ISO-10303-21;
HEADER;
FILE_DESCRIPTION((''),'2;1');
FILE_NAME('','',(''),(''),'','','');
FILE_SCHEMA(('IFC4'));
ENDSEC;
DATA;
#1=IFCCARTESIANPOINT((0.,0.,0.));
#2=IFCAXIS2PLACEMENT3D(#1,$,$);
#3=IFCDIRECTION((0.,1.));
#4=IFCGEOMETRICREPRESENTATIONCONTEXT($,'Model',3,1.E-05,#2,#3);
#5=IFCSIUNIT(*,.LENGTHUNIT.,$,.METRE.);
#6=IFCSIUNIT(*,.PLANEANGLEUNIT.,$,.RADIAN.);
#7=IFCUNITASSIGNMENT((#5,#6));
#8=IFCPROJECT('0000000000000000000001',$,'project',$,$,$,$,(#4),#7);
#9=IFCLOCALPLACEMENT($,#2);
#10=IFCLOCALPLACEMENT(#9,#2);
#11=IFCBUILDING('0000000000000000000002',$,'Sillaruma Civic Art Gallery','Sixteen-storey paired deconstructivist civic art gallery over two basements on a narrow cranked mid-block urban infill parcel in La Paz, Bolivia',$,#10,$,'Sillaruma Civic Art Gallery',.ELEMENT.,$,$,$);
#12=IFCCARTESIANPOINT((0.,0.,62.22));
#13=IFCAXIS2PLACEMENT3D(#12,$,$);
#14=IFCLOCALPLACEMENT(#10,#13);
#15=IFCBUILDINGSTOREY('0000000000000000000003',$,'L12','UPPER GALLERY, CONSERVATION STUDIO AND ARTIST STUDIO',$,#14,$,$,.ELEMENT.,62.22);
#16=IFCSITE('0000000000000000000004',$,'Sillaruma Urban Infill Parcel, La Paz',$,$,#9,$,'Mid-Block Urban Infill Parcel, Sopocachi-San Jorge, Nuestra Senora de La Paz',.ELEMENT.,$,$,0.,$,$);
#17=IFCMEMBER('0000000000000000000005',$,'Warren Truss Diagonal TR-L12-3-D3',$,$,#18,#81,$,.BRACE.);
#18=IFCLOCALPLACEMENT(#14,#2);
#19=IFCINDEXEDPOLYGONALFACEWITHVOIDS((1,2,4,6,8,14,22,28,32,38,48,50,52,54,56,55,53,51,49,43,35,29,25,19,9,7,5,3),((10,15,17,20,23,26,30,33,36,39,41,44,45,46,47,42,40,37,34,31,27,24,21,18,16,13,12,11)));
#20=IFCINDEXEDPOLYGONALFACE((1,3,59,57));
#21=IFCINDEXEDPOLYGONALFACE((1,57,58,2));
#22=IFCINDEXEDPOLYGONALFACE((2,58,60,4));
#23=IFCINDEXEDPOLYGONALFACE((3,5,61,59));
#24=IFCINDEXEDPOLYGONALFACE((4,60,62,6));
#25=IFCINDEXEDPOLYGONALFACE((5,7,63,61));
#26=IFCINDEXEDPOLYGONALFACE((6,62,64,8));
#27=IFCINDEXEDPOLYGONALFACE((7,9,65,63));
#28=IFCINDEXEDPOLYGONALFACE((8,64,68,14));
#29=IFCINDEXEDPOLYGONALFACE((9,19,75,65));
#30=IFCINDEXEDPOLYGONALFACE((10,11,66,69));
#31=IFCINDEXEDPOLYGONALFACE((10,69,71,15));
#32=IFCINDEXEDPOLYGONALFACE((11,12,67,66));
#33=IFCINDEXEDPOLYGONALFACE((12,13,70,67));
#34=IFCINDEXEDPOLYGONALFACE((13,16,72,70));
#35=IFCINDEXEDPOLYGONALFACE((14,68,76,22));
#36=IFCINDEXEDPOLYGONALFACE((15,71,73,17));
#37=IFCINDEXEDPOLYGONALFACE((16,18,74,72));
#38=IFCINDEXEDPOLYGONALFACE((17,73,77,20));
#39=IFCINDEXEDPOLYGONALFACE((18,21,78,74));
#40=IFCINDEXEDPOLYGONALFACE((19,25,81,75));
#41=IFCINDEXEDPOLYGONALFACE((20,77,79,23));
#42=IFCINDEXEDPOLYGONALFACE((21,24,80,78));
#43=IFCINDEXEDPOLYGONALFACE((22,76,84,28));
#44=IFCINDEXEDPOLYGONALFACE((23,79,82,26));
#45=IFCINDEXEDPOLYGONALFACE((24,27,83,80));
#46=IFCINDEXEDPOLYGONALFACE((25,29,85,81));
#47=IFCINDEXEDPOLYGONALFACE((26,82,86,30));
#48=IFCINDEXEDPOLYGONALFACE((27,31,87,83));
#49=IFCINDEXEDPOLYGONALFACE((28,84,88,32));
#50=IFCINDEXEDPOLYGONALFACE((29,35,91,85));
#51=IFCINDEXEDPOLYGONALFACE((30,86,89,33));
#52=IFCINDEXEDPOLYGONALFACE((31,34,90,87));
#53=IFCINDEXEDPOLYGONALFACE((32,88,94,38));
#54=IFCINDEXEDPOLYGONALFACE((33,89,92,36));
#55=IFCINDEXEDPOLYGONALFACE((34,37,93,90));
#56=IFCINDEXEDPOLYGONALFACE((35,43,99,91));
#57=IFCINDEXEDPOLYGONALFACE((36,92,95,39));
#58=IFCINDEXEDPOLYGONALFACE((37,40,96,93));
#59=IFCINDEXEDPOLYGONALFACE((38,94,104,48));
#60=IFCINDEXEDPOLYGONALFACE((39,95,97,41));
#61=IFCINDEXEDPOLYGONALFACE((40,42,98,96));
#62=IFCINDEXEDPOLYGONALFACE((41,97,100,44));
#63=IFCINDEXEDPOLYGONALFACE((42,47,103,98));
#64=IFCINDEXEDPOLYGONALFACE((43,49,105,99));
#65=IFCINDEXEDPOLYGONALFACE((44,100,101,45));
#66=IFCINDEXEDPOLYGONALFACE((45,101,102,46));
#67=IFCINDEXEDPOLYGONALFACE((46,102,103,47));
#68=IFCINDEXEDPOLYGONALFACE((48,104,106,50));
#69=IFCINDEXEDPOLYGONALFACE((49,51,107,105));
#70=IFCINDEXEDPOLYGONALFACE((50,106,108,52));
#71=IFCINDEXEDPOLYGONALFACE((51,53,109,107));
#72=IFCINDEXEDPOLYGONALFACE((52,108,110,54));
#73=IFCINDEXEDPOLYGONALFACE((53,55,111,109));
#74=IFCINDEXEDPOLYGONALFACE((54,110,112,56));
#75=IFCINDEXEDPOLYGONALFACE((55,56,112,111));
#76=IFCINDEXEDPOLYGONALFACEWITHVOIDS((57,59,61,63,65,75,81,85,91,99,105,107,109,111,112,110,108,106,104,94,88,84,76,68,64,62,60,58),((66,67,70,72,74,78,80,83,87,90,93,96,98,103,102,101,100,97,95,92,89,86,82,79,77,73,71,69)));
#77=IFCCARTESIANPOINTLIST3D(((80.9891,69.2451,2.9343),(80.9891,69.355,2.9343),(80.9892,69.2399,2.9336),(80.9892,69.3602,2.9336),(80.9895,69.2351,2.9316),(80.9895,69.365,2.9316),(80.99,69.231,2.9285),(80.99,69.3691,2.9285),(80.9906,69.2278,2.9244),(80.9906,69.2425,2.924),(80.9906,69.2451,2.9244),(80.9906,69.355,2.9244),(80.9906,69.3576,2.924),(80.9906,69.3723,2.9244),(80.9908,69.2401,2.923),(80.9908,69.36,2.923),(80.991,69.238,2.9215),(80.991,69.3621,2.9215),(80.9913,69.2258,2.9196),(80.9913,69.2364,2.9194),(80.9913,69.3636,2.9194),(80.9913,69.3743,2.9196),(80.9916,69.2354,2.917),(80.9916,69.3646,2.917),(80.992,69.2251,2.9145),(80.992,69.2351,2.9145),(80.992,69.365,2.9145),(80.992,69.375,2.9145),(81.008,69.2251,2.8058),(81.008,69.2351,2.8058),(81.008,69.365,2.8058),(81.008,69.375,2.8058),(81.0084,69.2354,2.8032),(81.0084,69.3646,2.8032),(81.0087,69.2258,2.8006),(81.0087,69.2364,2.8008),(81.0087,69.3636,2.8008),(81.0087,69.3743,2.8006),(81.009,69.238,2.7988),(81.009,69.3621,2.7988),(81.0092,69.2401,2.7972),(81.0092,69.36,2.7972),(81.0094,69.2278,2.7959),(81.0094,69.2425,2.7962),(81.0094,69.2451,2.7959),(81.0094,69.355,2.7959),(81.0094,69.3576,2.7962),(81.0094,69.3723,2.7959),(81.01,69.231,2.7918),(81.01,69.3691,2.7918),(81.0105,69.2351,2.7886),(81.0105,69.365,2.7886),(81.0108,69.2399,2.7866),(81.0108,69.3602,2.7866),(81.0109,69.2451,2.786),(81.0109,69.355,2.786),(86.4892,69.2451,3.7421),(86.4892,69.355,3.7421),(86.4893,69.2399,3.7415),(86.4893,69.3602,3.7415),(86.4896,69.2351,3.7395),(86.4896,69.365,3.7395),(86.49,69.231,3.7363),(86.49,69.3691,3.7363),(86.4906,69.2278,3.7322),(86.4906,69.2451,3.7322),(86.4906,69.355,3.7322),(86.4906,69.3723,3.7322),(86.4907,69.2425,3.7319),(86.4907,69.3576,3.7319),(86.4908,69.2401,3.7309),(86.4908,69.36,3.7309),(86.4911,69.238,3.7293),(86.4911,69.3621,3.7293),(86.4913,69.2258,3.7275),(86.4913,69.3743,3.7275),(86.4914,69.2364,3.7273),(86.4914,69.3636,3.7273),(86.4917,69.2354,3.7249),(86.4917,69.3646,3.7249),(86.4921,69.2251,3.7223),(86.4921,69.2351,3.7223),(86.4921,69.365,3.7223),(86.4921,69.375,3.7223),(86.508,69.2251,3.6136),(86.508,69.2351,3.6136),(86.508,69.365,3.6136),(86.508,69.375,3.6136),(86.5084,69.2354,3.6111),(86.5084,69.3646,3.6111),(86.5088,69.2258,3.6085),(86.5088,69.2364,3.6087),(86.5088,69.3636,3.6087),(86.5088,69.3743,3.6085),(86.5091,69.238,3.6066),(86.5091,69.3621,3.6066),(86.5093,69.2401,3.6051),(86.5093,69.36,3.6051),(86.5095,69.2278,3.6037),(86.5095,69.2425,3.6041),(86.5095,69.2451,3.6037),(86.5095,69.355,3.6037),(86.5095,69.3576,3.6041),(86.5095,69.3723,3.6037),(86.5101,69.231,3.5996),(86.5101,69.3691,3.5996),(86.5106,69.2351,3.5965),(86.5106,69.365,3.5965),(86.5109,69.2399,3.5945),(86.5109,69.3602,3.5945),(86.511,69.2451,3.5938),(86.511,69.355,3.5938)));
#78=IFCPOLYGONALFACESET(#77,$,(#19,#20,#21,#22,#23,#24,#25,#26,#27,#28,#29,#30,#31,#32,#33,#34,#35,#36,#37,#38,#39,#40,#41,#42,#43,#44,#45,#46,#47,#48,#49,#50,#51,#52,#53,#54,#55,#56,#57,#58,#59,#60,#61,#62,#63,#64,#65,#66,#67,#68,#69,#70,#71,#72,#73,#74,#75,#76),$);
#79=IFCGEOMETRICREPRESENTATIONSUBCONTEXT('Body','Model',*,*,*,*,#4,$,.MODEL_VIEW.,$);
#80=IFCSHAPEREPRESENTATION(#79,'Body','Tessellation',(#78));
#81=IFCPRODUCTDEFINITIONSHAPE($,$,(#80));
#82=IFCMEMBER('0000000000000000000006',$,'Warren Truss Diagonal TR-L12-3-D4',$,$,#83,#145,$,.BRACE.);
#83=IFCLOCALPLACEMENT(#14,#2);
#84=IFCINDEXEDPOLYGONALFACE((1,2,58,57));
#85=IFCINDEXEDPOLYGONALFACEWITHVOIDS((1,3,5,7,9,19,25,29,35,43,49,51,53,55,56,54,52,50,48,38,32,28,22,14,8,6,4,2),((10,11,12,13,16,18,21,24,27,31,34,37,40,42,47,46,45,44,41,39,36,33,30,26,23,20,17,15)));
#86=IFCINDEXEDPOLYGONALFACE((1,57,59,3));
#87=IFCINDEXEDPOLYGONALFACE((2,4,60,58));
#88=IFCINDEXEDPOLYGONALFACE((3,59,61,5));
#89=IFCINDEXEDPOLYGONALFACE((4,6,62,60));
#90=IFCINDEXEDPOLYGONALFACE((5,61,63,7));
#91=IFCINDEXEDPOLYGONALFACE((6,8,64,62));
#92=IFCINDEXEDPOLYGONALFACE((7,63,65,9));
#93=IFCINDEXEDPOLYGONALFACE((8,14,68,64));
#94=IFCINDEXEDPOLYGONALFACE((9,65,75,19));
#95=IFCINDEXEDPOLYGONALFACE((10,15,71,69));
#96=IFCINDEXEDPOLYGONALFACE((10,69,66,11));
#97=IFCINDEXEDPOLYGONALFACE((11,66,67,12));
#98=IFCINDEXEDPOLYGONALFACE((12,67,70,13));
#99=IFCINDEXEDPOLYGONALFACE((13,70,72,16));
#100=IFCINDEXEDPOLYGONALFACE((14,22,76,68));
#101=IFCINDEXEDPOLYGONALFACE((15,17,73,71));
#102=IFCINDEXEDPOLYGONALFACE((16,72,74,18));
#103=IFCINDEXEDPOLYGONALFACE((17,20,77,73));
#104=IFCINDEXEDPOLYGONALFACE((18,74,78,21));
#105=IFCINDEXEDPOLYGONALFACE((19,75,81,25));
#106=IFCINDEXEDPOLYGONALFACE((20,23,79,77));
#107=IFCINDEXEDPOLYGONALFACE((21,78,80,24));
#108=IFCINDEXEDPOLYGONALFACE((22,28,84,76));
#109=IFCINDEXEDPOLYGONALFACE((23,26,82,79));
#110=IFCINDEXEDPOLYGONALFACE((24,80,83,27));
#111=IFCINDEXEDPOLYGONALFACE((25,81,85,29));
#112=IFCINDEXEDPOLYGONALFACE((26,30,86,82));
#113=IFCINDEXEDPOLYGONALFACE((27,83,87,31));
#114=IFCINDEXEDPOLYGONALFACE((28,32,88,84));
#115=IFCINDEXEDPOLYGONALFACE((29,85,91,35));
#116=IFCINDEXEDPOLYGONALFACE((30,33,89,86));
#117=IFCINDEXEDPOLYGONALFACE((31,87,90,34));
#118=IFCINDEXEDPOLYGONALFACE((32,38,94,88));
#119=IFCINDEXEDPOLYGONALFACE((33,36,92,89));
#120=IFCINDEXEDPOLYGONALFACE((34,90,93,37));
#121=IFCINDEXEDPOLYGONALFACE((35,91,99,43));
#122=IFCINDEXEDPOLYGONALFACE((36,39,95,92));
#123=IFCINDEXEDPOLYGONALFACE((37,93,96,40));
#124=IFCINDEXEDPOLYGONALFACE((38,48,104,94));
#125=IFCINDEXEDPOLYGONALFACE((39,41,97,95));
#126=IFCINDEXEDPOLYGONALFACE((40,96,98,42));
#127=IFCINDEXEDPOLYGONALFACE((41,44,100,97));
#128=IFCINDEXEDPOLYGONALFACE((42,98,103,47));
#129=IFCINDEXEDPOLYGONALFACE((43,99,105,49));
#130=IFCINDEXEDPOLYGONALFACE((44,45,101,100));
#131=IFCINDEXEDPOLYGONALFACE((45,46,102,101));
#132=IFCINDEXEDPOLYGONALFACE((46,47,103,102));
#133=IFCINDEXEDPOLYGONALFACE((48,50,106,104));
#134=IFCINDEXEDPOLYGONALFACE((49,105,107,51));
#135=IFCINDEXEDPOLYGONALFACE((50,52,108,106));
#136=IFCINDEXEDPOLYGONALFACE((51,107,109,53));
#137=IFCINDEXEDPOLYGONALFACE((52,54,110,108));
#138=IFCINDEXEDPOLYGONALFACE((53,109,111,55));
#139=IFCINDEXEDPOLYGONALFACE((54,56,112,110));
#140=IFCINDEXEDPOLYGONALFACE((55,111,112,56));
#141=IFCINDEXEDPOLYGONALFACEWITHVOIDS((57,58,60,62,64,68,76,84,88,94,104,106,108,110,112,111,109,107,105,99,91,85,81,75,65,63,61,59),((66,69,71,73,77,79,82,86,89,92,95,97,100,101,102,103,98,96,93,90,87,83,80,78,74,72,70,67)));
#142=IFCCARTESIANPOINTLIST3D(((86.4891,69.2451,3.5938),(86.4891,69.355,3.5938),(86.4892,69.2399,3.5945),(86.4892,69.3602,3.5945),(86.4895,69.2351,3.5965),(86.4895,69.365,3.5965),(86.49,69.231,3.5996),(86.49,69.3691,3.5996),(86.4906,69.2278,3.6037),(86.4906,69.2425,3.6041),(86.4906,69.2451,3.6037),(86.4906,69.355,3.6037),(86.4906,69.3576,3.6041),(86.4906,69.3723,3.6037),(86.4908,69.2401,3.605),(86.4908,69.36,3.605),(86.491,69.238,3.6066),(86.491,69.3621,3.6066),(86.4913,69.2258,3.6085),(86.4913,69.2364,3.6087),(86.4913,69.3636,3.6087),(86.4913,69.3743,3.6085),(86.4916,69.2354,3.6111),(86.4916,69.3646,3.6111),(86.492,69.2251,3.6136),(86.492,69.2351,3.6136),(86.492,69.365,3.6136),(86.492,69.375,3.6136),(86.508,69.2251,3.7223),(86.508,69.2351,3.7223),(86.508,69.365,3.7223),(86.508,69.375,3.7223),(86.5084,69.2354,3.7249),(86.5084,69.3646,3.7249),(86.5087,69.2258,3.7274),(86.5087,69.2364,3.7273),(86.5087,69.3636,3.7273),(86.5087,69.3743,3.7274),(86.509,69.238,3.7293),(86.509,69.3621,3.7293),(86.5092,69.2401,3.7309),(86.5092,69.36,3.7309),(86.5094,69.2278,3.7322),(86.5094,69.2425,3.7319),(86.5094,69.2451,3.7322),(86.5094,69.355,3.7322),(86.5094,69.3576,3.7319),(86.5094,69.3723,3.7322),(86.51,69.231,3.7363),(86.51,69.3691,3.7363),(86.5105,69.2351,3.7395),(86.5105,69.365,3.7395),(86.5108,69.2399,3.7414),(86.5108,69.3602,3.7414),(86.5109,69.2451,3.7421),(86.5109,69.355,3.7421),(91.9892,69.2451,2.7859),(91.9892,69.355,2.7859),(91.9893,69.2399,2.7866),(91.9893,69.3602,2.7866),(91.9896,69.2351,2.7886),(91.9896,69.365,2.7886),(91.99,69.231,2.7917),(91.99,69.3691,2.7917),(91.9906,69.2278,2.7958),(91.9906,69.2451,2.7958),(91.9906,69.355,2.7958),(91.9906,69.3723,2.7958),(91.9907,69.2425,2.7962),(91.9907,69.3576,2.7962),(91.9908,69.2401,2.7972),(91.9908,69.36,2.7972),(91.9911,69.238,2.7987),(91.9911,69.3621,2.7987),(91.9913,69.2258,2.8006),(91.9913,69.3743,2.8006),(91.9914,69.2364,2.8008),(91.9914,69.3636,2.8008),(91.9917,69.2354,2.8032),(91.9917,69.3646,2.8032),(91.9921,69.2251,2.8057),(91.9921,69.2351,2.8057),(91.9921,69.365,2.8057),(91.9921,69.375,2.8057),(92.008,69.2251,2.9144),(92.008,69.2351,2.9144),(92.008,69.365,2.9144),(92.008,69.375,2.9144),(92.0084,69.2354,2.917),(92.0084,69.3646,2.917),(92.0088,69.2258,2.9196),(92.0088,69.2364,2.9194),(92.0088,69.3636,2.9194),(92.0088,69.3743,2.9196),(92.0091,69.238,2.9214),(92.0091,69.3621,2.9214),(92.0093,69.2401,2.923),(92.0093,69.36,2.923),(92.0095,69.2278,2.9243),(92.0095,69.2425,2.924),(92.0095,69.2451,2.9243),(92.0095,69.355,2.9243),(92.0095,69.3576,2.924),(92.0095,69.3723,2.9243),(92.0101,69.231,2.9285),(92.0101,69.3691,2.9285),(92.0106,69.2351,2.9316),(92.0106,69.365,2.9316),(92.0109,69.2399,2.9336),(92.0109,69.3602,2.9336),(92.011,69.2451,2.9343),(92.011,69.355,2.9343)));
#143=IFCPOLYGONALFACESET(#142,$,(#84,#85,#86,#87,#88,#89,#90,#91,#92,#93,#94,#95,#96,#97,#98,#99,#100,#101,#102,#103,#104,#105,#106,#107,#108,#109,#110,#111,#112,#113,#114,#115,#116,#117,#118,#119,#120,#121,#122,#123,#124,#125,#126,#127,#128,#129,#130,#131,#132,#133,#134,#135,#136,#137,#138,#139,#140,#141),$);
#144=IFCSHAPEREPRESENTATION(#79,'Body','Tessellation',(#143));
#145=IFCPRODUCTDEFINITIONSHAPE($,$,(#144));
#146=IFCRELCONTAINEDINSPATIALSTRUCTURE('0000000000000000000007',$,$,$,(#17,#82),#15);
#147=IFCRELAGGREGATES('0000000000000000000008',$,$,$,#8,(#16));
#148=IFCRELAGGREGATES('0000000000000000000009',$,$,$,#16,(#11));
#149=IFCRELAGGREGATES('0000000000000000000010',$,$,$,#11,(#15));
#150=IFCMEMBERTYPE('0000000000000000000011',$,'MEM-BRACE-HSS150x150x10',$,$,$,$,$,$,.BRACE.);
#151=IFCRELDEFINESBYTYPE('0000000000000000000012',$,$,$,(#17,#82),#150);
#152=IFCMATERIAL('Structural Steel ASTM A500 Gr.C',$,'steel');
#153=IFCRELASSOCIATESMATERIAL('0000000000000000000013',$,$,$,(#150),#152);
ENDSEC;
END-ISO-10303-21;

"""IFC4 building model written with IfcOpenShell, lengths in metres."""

from ifc_helpers import new_model, si_unit, direction, frame, origin, origin_2d, place, context, subcontext, project, spatial, hollow_rectangle, extrude, material, material_profile, profile_set, type_object, element, save


model = new_model("IFC4")

# Units and contexts
model_context = context("Model", 3, precision=1e-05, world=origin(), true_north=direction((0.0, 1.0)))
body_context = subcontext(model_context, "Body", "Model", "MODEL_VIEW")
ifc_project = project(units=[si_unit("LENGTHUNIT", "METRE"), si_unit("PLANEANGLEUNIT", "RADIAN")], contexts=[model_context])

# Site, building, storey
site_placement = place(None, origin())
site = spatial("IfcSite", under=ifc_project, at=site_placement, Name="Sillaruma Urban Infill Parcel, La Paz", LongName="Mid-Block Urban Infill Parcel, Sopocachi-San Jorge, Nuestra Senora de La Paz", CompositionType="ELEMENT", RefElevation=0.0)
building_placement = place(site_placement, origin())
building = spatial("IfcBuilding", under=site, at=building_placement, Name="Sillaruma Civic Art Gallery", Description="Sixteen-storey paired deconstructivist civic art gallery over two basements on a narrow cranked mid-block urban infill parcel in La Paz, Bolivia", LongName="Sillaruma Civic Art Gallery", CompositionType="ELEMENT")
storey_placement = place(building_placement, frame((0.0, 0.0, 62.22)))
storey = spatial("IfcBuildingStorey", under=building, at=storey_placement, Name="L12", Description="UPPER GALLERY, CONSERVATION STUDIO AND ARTIST STUDIO", CompositionType="ELEMENT", Elevation=62.22)

# Members
ifc_material_1 = material(Name="Structural Steel ASTM A500 Gr.C", Category="steel")
ifc_material_profile_1 = material_profile(ifc_material_1, hollow_rectangle(XDim=0.1499, YDim=0.1499, WallThickness=0.01, InnerFilletRadius=0.01, OuterFilletRadius=0.02, at=origin_2d()), Name="HSS150x150x10")
ifc_profile_set_1 = profile_set([ifc_material_profile_1], Name="Structural Steel ASTM A500 Gr.C")
member_type_1 = type_object("IfcMemberType", Name="MEM-BRACE-HSS150x150x10", PredefinedType="BRACE", material=ifc_profile_set_1)
for number, where, z_axis, x_axis, name in (
    (1, (81.0, 69.3, 2.8601), (0.989384, 0.0, 0.145325), (0.0, 1.0, 0.0), "Warren Truss Diagonal TR-L12-3-D3"),
    (2, (86.5, 69.3, 3.668), (0.989384, 0.0, -0.145325), (0.0, 1.0, 0.0), "Warren Truss Diagonal TR-L12-3-D4"),
):
    element("IfcMember", number, at=place(storey_placement, frame(where, z_axis=z_axis, x_axis=x_axis)), inside=storey, type_object=member_type_1, Name=name, PredefinedType="BRACE", context=body_context, shape_type="SweptSolid", body=[
        extrude(hollow_rectangle(XDim=0.1499, YDim=0.1499, WallThickness=0.01, InnerFilletRadius=0.01, OuterFilletRadius=0.02, at=origin_2d()), origin(), (0.0, 0.0, 1.0), 5.5591),
    ])

save(model, "model.ifc")
